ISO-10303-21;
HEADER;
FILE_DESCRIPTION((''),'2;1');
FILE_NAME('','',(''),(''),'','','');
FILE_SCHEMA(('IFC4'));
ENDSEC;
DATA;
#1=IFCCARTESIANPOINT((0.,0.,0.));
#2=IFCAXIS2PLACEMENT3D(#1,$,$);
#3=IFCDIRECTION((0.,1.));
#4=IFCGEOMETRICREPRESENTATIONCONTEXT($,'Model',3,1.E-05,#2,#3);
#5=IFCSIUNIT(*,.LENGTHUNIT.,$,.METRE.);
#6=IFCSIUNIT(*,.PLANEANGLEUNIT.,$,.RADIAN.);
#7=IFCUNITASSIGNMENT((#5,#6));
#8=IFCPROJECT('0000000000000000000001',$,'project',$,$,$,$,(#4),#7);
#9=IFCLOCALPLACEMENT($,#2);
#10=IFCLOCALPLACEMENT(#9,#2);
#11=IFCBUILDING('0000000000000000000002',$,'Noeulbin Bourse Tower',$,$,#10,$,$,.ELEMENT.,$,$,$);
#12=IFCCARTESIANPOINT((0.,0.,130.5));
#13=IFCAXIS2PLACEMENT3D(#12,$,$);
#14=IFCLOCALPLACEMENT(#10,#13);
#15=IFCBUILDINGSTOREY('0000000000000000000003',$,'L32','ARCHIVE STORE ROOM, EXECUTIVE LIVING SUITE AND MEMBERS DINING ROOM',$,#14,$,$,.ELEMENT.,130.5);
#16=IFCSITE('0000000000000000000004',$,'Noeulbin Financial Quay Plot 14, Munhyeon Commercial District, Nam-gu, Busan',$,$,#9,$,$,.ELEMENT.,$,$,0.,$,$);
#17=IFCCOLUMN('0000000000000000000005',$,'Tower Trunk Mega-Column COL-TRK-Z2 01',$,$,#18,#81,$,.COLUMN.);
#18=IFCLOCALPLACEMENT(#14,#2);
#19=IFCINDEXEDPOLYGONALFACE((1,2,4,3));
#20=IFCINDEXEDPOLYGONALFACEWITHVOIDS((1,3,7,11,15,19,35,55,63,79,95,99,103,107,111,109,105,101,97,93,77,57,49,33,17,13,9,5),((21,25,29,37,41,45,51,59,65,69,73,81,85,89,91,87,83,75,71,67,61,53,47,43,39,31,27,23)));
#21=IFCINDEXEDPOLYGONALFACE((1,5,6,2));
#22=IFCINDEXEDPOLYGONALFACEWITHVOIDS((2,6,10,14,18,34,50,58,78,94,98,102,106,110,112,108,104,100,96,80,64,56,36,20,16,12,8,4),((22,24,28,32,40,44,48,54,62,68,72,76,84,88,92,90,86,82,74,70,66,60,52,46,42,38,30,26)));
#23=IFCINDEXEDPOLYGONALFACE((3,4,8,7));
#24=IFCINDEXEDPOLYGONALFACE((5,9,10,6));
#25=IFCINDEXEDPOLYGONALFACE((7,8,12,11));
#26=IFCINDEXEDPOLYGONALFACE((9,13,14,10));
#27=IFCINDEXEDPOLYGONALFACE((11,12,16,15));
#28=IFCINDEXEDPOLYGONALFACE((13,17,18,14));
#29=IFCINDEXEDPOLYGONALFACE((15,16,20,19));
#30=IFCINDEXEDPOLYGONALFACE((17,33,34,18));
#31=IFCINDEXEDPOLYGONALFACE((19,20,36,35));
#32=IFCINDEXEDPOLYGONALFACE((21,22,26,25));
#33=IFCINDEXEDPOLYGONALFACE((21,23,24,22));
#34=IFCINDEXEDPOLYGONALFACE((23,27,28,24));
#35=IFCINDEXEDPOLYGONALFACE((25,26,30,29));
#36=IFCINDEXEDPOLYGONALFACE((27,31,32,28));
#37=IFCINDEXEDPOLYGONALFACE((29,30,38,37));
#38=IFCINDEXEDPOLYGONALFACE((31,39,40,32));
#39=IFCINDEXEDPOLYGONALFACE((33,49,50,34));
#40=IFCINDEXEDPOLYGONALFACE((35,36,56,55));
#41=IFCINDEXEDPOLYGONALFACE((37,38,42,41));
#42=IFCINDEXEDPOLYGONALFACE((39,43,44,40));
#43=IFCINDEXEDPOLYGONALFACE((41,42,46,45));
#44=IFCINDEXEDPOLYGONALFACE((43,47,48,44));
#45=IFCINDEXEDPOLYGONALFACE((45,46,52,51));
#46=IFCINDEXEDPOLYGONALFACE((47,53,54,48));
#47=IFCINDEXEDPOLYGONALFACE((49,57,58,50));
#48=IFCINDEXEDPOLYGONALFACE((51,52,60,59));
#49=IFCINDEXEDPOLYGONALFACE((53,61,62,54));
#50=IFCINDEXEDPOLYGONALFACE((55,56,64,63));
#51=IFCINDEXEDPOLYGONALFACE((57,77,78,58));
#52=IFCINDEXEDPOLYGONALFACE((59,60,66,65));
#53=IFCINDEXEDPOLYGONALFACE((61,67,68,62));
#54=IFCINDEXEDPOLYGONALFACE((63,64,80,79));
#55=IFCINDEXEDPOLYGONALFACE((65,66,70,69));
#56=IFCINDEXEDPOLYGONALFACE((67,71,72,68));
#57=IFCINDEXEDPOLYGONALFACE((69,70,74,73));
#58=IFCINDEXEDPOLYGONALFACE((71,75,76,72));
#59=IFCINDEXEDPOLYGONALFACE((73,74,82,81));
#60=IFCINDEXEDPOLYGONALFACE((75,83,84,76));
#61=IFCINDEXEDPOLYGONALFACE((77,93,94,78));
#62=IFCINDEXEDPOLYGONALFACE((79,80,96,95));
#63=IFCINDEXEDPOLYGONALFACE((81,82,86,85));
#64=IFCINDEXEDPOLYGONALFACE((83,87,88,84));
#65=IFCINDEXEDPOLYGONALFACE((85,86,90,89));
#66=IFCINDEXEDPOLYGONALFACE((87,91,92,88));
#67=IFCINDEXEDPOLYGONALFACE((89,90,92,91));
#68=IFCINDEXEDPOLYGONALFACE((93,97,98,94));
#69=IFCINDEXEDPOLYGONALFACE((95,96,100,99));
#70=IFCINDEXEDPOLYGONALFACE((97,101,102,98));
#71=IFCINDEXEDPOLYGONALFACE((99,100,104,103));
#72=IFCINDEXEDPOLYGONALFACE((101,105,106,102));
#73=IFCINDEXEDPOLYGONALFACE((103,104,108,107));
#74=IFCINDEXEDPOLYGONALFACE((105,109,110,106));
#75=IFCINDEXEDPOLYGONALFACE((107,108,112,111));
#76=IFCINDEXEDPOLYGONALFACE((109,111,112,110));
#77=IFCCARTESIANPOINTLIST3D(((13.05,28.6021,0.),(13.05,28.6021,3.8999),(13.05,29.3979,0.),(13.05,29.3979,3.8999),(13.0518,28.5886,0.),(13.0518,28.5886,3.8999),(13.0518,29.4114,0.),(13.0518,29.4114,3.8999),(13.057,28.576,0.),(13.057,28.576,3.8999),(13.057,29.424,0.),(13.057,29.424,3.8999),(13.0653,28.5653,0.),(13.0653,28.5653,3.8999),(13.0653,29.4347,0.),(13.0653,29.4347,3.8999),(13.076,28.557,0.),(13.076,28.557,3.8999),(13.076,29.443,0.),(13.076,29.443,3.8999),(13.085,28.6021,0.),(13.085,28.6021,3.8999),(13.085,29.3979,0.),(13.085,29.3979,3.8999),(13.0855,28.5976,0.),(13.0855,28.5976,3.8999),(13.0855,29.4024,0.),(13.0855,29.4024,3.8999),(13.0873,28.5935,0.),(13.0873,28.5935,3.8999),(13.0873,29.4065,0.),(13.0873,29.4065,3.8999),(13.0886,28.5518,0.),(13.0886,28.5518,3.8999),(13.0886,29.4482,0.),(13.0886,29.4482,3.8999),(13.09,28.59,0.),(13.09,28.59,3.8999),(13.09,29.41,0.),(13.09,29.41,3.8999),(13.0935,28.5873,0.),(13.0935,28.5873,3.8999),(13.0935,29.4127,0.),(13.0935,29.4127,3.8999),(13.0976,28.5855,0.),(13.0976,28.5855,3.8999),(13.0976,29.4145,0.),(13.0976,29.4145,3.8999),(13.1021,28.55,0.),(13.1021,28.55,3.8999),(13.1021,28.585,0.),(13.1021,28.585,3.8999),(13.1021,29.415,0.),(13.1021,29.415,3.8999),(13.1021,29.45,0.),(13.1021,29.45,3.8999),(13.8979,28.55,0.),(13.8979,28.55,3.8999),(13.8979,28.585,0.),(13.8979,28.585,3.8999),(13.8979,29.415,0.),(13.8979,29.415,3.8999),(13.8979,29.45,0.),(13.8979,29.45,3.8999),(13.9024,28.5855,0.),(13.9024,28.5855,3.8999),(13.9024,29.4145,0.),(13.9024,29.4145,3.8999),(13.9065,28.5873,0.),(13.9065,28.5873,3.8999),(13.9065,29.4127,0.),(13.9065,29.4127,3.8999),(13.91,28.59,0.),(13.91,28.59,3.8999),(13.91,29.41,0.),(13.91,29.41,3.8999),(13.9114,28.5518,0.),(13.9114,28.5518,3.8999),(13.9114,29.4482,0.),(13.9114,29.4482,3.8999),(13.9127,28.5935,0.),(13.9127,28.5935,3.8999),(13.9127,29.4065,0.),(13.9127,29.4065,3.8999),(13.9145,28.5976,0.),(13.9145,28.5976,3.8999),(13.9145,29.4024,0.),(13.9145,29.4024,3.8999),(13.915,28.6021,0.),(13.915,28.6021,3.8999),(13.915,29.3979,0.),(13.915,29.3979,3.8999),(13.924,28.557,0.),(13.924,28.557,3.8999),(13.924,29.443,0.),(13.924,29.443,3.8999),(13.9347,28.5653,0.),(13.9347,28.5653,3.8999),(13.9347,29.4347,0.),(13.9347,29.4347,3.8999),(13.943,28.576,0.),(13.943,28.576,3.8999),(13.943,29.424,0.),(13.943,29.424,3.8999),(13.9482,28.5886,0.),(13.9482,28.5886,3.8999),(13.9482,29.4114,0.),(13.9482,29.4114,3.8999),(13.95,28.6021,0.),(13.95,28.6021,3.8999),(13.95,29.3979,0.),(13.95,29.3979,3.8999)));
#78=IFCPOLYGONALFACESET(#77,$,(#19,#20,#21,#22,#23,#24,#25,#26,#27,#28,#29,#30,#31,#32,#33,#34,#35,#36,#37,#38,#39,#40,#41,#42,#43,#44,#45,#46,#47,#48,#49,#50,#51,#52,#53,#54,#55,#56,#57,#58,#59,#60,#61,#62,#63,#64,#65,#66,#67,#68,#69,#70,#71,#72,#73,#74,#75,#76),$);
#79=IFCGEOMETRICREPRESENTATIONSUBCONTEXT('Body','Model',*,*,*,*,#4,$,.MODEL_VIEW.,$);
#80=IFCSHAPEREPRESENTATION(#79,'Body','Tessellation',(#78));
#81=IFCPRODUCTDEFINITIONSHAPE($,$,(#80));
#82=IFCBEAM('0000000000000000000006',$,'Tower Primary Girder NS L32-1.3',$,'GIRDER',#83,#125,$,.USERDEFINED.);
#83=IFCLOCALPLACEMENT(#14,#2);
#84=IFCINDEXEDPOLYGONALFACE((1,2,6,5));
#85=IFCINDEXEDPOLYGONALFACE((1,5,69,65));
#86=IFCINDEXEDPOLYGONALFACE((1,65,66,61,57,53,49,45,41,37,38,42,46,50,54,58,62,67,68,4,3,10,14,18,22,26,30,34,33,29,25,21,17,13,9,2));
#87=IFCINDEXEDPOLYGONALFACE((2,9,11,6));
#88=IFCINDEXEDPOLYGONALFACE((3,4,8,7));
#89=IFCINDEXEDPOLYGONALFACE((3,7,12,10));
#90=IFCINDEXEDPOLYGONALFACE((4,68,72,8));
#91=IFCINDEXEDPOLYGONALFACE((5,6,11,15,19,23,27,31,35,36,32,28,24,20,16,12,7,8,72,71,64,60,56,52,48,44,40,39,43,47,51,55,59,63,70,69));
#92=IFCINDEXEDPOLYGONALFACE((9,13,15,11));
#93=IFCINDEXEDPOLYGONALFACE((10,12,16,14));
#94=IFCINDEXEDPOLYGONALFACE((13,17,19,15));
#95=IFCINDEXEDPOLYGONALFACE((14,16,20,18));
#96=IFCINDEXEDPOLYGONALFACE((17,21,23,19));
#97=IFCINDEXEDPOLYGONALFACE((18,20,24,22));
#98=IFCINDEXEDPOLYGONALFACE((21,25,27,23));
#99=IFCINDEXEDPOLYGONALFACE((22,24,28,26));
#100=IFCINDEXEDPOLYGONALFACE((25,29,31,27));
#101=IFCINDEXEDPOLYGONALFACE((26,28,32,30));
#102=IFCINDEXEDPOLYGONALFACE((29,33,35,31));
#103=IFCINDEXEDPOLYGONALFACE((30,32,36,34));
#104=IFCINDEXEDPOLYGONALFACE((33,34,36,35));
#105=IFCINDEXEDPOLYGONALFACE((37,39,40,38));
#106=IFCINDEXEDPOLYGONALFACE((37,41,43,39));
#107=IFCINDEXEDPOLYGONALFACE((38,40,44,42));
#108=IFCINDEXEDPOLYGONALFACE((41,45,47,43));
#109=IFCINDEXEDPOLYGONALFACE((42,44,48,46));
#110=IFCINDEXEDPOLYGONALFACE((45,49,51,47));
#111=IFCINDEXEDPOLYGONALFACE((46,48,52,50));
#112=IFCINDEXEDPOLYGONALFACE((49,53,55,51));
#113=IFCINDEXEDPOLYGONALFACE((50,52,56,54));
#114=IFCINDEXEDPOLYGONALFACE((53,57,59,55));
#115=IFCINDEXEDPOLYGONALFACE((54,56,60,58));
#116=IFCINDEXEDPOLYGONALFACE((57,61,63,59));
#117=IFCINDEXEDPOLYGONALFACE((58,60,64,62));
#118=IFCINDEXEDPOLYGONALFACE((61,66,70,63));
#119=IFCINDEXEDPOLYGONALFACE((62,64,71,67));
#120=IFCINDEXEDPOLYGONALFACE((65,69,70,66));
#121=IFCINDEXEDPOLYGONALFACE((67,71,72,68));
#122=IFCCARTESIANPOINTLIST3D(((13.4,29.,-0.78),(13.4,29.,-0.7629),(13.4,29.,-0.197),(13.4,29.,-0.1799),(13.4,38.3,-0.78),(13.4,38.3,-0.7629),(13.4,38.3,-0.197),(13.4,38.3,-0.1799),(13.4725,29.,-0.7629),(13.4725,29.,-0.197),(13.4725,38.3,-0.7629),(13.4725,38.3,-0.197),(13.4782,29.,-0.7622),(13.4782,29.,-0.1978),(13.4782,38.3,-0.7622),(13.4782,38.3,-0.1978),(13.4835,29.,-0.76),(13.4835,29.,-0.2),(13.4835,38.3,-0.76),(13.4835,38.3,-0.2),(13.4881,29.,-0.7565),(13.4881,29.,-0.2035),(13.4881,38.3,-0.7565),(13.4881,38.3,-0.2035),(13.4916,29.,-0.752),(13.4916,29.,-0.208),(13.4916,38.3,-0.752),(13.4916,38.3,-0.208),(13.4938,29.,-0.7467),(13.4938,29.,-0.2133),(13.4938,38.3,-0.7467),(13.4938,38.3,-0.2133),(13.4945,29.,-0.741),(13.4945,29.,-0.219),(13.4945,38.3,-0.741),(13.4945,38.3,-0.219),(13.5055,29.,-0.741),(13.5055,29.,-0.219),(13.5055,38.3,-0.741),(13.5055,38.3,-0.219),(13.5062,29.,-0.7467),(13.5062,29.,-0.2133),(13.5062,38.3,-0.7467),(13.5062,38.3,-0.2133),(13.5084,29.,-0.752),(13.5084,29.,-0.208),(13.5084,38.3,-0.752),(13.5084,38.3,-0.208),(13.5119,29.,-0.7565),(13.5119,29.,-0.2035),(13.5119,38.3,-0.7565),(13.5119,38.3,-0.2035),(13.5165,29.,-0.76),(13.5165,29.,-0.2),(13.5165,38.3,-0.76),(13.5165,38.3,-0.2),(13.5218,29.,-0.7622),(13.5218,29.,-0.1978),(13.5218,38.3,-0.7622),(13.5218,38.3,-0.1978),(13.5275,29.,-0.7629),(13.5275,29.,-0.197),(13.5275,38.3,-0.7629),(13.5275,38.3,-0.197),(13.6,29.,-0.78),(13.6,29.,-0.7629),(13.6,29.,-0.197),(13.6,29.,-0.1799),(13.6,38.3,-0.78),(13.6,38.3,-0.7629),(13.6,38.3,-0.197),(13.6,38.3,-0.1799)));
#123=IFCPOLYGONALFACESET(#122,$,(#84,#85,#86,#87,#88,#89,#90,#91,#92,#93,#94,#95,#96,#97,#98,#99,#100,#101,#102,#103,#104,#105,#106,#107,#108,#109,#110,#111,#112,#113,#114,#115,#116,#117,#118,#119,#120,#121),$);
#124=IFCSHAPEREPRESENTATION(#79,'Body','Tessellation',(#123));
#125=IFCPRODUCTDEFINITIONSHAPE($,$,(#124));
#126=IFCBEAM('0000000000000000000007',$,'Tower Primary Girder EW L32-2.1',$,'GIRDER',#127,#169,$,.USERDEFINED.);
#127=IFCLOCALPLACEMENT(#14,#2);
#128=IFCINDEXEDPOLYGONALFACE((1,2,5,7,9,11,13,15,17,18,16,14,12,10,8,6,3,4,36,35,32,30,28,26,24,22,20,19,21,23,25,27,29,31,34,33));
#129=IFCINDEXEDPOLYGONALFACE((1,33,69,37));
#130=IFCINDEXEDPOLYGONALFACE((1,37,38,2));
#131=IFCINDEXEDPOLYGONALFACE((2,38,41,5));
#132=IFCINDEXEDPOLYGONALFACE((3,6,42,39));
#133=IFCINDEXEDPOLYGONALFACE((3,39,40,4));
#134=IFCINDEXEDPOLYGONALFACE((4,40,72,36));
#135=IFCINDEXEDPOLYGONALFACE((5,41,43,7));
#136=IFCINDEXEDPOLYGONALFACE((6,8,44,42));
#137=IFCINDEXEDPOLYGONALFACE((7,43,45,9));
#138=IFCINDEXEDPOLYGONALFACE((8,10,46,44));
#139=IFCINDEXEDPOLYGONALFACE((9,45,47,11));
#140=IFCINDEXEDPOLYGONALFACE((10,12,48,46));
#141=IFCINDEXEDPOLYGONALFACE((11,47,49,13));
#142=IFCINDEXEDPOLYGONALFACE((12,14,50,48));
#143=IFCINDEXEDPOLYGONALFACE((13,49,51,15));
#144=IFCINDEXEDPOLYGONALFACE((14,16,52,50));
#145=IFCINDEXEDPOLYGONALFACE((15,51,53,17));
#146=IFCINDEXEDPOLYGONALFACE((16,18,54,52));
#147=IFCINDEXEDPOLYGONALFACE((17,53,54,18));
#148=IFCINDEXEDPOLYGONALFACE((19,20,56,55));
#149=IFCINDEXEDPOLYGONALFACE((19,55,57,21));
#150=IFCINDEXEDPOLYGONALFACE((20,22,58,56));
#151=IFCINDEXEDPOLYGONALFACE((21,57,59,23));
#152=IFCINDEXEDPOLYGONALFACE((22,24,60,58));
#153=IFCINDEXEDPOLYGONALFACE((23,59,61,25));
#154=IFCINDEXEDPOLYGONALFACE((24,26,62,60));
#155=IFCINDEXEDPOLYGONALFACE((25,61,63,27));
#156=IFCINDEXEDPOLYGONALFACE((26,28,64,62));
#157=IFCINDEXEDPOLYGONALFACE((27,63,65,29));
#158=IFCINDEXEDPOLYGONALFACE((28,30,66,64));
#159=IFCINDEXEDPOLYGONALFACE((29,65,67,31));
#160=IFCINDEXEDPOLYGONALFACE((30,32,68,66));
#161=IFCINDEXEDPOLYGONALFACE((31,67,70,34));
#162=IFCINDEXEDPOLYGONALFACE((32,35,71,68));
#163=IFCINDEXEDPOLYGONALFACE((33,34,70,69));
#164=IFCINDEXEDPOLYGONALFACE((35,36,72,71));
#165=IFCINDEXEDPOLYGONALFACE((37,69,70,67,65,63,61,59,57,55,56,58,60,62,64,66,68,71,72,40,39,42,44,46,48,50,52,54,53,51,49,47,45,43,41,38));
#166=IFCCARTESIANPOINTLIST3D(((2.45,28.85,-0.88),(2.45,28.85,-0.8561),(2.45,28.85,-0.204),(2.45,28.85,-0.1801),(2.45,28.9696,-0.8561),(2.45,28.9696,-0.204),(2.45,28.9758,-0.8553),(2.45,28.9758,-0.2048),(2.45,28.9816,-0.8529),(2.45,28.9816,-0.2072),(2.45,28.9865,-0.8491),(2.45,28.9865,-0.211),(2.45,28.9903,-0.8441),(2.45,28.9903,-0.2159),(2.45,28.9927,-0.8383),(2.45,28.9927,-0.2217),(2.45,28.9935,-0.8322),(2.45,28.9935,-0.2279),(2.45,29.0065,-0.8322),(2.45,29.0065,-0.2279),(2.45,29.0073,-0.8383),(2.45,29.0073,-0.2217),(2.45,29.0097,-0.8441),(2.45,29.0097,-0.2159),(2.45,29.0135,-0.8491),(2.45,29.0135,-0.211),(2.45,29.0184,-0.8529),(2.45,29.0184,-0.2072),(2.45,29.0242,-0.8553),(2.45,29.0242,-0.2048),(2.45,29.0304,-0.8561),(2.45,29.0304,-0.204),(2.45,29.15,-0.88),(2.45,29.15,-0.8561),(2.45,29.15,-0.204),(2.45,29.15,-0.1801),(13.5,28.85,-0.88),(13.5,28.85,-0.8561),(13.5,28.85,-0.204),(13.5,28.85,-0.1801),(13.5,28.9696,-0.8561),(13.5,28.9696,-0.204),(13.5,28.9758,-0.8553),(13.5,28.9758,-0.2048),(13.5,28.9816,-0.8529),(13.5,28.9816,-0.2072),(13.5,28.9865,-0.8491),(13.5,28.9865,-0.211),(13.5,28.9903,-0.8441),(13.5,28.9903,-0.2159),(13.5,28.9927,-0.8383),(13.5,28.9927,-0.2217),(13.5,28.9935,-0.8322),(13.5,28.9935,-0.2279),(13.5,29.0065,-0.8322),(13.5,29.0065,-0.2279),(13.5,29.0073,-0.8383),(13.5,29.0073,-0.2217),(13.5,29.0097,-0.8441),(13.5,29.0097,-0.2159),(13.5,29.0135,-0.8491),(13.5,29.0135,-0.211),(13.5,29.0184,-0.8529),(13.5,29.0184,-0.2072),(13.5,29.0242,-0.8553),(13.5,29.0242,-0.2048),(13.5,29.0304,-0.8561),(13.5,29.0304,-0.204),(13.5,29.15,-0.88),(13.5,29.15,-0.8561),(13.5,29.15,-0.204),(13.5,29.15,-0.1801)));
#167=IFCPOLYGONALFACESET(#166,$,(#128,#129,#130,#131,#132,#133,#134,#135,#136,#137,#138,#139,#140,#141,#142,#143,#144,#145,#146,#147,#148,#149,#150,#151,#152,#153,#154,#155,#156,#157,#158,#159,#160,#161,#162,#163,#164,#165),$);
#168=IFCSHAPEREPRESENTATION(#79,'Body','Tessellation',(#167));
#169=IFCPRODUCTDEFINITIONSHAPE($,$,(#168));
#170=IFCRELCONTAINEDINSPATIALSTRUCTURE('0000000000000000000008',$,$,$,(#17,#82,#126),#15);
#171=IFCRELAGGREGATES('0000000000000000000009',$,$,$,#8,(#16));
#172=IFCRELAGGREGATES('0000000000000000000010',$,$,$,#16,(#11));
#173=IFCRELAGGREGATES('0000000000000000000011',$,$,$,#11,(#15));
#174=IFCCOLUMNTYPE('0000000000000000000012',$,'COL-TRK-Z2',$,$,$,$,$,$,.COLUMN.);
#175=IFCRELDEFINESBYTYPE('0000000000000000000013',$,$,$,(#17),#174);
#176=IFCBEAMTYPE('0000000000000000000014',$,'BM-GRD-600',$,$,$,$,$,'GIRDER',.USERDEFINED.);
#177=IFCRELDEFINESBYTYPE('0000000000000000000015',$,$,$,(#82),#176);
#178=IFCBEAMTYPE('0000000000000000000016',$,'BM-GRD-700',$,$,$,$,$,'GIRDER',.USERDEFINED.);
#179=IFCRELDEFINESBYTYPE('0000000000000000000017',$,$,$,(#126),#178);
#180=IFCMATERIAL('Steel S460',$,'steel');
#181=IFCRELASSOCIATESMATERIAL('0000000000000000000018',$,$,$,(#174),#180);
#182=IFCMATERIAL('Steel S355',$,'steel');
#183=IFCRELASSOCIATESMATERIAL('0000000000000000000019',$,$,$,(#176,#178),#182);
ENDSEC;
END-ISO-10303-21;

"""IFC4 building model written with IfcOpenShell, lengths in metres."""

from ifc_helpers import new_model, si_unit, direction, frame, origin, origin_2d, place, context, subcontext, project, spatial, hollow_rectangle, i_section, extrude, material, material_profile, profile_set, type_object, element, save


model = new_model("IFC4")

# Units and contexts
model_context = context("Model", 3, precision=1e-05, world=origin(), true_north=direction((0.0, 1.0)))
body_context = subcontext(model_context, "Body", "Model", "MODEL_VIEW")
ifc_project = project(units=[si_unit("LENGTHUNIT", "METRE"), si_unit("PLANEANGLEUNIT", "RADIAN")], contexts=[model_context])

# Site, building, storey
site_placement = place(None, origin())
site = spatial("IfcSite", under=ifc_project, at=site_placement, Name="Noeulbin Financial Quay Plot 14, Munhyeon Commercial District, Nam-gu, Busan", CompositionType="ELEMENT", RefElevation=0.0)
building_placement = place(site_placement, origin())
building = spatial("IfcBuilding", under=site, at=building_placement, Name="Noeulbin Bourse Tower", CompositionType="ELEMENT")
storey_placement = place(building_placement, frame((0.0, 0.0, 130.5)))
storey = spatial("IfcBuildingStorey", under=building, at=storey_placement, Name="L32", Description="ARCHIVE STORE ROOM, EXECUTIVE LIVING SUITE AND MEMBERS DINING ROOM", CompositionType="ELEMENT", Elevation=130.5)

# Column
ifc_material_1 = material(Name="Steel S460", Category="steel")
ifc_material_profile_1 = material_profile(ifc_material_1, hollow_rectangle(XDim=0.8999, YDim=0.8999, WallThickness=0.0349, InnerFilletRadius=0.0171, OuterFilletRadius=0.052, at=origin_2d()), Name="BOX-900x900x35", Category="LoadBearing")
ifc_profile_set_1 = profile_set([ifc_material_profile_1], Name="Steel S460")
column_type = type_object("IfcColumnType", Name="COL-TRK-Z2", PredefinedType="COLUMN", material=ifc_profile_set_1)
column_placement = place(storey_placement, frame((13.5, 29.0, 0.0), z_axis=(0.0, 0.0, 1.0), x_axis=(1.0, 0.0, 0.0)))
element("IfcColumn", 1, at=column_placement, inside=storey, type_object=column_type, Name="Tower Trunk Mega-Column COL-TRK-Z2 01", PredefinedType="COLUMN", context=body_context, shape_type="SweptSolid", body=[
    extrude(hollow_rectangle(XDim=0.8999, YDim=0.8999, WallThickness=0.0349, InnerFilletRadius=0.0171, OuterFilletRadius=0.052, at=origin_2d()), origin(), (0.0, 0.0, 1.0), 3.8999),
])

# Beams
ifc_material_2 = material(Name="Steel S355", Category="steel")
ifc_material_profile_2 = material_profile(ifc_material_2, i_section(OverallWidth=0.2, OverallDepth=0.6001, WebThickness=0.011, FlangeThickness=0.0171, FilletRadius=0.022, at=origin_2d()), Name="H-600x200x11x17", Category="LoadBearing")
ifc_profile_set_2 = profile_set([ifc_material_profile_2], Name="Steel S355")
beam_type_1 = type_object("IfcBeamType", Name="BM-GRD-600", ElementType="GIRDER", PredefinedType="USERDEFINED", material=ifc_profile_set_2)
beam_1_placement = place(storey_placement, frame((13.5, 29.0, -0.48), z_axis=(0.0, 1.0, 0.0), x_axis=(-1.0, 0.0, 0.0)))
element("IfcBeam", 2, at=beam_1_placement, inside=storey, type_object=beam_type_1, Name="Tower Primary Girder NS L32-1.3", ObjectType="GIRDER", PredefinedType="USERDEFINED", context=body_context, shape_type="SweptSolid", body=[
    extrude(i_section(OverallWidth=0.2, OverallDepth=0.6001, WebThickness=0.011, FlangeThickness=0.0171, FilletRadius=0.022, at=origin_2d()), origin(), (0.0, 0.0, 1.0), 9.3),
])
ifc_material_profile_3 = material_profile(ifc_material_2, i_section(OverallWidth=0.3, OverallDepth=0.7, WebThickness=0.0129, FlangeThickness=0.0239, FilletRadius=0.0239, at=origin_2d()), Name="H-700x300x13x24", Category="LoadBearing")
ifc_profile_set_3 = profile_set([ifc_material_profile_3], Name="Steel S355")
beam_type_2 = type_object("IfcBeamType", Name="BM-GRD-700", ElementType="GIRDER", PredefinedType="USERDEFINED", material=ifc_profile_set_3)
beam_2_placement = place(storey_placement, frame((2.45, 29.0, -0.53), z_axis=(1.0, 0.0, 0.0), x_axis=(0.0, 1.0, 0.0)))
element("IfcBeam", 3, at=beam_2_placement, inside=storey, type_object=beam_type_2, Name="Tower Primary Girder EW L32-2.1", ObjectType="GIRDER", PredefinedType="USERDEFINED", context=body_context, shape_type="SweptSolid", body=[
    extrude(i_section(OverallWidth=0.3, OverallDepth=0.7, WebThickness=0.0129, FlangeThickness=0.0239, FilletRadius=0.0239, at=origin_2d()), origin(), (0.0, 0.0, 1.0), 11.05),
])

save(model, "model.ifc")
